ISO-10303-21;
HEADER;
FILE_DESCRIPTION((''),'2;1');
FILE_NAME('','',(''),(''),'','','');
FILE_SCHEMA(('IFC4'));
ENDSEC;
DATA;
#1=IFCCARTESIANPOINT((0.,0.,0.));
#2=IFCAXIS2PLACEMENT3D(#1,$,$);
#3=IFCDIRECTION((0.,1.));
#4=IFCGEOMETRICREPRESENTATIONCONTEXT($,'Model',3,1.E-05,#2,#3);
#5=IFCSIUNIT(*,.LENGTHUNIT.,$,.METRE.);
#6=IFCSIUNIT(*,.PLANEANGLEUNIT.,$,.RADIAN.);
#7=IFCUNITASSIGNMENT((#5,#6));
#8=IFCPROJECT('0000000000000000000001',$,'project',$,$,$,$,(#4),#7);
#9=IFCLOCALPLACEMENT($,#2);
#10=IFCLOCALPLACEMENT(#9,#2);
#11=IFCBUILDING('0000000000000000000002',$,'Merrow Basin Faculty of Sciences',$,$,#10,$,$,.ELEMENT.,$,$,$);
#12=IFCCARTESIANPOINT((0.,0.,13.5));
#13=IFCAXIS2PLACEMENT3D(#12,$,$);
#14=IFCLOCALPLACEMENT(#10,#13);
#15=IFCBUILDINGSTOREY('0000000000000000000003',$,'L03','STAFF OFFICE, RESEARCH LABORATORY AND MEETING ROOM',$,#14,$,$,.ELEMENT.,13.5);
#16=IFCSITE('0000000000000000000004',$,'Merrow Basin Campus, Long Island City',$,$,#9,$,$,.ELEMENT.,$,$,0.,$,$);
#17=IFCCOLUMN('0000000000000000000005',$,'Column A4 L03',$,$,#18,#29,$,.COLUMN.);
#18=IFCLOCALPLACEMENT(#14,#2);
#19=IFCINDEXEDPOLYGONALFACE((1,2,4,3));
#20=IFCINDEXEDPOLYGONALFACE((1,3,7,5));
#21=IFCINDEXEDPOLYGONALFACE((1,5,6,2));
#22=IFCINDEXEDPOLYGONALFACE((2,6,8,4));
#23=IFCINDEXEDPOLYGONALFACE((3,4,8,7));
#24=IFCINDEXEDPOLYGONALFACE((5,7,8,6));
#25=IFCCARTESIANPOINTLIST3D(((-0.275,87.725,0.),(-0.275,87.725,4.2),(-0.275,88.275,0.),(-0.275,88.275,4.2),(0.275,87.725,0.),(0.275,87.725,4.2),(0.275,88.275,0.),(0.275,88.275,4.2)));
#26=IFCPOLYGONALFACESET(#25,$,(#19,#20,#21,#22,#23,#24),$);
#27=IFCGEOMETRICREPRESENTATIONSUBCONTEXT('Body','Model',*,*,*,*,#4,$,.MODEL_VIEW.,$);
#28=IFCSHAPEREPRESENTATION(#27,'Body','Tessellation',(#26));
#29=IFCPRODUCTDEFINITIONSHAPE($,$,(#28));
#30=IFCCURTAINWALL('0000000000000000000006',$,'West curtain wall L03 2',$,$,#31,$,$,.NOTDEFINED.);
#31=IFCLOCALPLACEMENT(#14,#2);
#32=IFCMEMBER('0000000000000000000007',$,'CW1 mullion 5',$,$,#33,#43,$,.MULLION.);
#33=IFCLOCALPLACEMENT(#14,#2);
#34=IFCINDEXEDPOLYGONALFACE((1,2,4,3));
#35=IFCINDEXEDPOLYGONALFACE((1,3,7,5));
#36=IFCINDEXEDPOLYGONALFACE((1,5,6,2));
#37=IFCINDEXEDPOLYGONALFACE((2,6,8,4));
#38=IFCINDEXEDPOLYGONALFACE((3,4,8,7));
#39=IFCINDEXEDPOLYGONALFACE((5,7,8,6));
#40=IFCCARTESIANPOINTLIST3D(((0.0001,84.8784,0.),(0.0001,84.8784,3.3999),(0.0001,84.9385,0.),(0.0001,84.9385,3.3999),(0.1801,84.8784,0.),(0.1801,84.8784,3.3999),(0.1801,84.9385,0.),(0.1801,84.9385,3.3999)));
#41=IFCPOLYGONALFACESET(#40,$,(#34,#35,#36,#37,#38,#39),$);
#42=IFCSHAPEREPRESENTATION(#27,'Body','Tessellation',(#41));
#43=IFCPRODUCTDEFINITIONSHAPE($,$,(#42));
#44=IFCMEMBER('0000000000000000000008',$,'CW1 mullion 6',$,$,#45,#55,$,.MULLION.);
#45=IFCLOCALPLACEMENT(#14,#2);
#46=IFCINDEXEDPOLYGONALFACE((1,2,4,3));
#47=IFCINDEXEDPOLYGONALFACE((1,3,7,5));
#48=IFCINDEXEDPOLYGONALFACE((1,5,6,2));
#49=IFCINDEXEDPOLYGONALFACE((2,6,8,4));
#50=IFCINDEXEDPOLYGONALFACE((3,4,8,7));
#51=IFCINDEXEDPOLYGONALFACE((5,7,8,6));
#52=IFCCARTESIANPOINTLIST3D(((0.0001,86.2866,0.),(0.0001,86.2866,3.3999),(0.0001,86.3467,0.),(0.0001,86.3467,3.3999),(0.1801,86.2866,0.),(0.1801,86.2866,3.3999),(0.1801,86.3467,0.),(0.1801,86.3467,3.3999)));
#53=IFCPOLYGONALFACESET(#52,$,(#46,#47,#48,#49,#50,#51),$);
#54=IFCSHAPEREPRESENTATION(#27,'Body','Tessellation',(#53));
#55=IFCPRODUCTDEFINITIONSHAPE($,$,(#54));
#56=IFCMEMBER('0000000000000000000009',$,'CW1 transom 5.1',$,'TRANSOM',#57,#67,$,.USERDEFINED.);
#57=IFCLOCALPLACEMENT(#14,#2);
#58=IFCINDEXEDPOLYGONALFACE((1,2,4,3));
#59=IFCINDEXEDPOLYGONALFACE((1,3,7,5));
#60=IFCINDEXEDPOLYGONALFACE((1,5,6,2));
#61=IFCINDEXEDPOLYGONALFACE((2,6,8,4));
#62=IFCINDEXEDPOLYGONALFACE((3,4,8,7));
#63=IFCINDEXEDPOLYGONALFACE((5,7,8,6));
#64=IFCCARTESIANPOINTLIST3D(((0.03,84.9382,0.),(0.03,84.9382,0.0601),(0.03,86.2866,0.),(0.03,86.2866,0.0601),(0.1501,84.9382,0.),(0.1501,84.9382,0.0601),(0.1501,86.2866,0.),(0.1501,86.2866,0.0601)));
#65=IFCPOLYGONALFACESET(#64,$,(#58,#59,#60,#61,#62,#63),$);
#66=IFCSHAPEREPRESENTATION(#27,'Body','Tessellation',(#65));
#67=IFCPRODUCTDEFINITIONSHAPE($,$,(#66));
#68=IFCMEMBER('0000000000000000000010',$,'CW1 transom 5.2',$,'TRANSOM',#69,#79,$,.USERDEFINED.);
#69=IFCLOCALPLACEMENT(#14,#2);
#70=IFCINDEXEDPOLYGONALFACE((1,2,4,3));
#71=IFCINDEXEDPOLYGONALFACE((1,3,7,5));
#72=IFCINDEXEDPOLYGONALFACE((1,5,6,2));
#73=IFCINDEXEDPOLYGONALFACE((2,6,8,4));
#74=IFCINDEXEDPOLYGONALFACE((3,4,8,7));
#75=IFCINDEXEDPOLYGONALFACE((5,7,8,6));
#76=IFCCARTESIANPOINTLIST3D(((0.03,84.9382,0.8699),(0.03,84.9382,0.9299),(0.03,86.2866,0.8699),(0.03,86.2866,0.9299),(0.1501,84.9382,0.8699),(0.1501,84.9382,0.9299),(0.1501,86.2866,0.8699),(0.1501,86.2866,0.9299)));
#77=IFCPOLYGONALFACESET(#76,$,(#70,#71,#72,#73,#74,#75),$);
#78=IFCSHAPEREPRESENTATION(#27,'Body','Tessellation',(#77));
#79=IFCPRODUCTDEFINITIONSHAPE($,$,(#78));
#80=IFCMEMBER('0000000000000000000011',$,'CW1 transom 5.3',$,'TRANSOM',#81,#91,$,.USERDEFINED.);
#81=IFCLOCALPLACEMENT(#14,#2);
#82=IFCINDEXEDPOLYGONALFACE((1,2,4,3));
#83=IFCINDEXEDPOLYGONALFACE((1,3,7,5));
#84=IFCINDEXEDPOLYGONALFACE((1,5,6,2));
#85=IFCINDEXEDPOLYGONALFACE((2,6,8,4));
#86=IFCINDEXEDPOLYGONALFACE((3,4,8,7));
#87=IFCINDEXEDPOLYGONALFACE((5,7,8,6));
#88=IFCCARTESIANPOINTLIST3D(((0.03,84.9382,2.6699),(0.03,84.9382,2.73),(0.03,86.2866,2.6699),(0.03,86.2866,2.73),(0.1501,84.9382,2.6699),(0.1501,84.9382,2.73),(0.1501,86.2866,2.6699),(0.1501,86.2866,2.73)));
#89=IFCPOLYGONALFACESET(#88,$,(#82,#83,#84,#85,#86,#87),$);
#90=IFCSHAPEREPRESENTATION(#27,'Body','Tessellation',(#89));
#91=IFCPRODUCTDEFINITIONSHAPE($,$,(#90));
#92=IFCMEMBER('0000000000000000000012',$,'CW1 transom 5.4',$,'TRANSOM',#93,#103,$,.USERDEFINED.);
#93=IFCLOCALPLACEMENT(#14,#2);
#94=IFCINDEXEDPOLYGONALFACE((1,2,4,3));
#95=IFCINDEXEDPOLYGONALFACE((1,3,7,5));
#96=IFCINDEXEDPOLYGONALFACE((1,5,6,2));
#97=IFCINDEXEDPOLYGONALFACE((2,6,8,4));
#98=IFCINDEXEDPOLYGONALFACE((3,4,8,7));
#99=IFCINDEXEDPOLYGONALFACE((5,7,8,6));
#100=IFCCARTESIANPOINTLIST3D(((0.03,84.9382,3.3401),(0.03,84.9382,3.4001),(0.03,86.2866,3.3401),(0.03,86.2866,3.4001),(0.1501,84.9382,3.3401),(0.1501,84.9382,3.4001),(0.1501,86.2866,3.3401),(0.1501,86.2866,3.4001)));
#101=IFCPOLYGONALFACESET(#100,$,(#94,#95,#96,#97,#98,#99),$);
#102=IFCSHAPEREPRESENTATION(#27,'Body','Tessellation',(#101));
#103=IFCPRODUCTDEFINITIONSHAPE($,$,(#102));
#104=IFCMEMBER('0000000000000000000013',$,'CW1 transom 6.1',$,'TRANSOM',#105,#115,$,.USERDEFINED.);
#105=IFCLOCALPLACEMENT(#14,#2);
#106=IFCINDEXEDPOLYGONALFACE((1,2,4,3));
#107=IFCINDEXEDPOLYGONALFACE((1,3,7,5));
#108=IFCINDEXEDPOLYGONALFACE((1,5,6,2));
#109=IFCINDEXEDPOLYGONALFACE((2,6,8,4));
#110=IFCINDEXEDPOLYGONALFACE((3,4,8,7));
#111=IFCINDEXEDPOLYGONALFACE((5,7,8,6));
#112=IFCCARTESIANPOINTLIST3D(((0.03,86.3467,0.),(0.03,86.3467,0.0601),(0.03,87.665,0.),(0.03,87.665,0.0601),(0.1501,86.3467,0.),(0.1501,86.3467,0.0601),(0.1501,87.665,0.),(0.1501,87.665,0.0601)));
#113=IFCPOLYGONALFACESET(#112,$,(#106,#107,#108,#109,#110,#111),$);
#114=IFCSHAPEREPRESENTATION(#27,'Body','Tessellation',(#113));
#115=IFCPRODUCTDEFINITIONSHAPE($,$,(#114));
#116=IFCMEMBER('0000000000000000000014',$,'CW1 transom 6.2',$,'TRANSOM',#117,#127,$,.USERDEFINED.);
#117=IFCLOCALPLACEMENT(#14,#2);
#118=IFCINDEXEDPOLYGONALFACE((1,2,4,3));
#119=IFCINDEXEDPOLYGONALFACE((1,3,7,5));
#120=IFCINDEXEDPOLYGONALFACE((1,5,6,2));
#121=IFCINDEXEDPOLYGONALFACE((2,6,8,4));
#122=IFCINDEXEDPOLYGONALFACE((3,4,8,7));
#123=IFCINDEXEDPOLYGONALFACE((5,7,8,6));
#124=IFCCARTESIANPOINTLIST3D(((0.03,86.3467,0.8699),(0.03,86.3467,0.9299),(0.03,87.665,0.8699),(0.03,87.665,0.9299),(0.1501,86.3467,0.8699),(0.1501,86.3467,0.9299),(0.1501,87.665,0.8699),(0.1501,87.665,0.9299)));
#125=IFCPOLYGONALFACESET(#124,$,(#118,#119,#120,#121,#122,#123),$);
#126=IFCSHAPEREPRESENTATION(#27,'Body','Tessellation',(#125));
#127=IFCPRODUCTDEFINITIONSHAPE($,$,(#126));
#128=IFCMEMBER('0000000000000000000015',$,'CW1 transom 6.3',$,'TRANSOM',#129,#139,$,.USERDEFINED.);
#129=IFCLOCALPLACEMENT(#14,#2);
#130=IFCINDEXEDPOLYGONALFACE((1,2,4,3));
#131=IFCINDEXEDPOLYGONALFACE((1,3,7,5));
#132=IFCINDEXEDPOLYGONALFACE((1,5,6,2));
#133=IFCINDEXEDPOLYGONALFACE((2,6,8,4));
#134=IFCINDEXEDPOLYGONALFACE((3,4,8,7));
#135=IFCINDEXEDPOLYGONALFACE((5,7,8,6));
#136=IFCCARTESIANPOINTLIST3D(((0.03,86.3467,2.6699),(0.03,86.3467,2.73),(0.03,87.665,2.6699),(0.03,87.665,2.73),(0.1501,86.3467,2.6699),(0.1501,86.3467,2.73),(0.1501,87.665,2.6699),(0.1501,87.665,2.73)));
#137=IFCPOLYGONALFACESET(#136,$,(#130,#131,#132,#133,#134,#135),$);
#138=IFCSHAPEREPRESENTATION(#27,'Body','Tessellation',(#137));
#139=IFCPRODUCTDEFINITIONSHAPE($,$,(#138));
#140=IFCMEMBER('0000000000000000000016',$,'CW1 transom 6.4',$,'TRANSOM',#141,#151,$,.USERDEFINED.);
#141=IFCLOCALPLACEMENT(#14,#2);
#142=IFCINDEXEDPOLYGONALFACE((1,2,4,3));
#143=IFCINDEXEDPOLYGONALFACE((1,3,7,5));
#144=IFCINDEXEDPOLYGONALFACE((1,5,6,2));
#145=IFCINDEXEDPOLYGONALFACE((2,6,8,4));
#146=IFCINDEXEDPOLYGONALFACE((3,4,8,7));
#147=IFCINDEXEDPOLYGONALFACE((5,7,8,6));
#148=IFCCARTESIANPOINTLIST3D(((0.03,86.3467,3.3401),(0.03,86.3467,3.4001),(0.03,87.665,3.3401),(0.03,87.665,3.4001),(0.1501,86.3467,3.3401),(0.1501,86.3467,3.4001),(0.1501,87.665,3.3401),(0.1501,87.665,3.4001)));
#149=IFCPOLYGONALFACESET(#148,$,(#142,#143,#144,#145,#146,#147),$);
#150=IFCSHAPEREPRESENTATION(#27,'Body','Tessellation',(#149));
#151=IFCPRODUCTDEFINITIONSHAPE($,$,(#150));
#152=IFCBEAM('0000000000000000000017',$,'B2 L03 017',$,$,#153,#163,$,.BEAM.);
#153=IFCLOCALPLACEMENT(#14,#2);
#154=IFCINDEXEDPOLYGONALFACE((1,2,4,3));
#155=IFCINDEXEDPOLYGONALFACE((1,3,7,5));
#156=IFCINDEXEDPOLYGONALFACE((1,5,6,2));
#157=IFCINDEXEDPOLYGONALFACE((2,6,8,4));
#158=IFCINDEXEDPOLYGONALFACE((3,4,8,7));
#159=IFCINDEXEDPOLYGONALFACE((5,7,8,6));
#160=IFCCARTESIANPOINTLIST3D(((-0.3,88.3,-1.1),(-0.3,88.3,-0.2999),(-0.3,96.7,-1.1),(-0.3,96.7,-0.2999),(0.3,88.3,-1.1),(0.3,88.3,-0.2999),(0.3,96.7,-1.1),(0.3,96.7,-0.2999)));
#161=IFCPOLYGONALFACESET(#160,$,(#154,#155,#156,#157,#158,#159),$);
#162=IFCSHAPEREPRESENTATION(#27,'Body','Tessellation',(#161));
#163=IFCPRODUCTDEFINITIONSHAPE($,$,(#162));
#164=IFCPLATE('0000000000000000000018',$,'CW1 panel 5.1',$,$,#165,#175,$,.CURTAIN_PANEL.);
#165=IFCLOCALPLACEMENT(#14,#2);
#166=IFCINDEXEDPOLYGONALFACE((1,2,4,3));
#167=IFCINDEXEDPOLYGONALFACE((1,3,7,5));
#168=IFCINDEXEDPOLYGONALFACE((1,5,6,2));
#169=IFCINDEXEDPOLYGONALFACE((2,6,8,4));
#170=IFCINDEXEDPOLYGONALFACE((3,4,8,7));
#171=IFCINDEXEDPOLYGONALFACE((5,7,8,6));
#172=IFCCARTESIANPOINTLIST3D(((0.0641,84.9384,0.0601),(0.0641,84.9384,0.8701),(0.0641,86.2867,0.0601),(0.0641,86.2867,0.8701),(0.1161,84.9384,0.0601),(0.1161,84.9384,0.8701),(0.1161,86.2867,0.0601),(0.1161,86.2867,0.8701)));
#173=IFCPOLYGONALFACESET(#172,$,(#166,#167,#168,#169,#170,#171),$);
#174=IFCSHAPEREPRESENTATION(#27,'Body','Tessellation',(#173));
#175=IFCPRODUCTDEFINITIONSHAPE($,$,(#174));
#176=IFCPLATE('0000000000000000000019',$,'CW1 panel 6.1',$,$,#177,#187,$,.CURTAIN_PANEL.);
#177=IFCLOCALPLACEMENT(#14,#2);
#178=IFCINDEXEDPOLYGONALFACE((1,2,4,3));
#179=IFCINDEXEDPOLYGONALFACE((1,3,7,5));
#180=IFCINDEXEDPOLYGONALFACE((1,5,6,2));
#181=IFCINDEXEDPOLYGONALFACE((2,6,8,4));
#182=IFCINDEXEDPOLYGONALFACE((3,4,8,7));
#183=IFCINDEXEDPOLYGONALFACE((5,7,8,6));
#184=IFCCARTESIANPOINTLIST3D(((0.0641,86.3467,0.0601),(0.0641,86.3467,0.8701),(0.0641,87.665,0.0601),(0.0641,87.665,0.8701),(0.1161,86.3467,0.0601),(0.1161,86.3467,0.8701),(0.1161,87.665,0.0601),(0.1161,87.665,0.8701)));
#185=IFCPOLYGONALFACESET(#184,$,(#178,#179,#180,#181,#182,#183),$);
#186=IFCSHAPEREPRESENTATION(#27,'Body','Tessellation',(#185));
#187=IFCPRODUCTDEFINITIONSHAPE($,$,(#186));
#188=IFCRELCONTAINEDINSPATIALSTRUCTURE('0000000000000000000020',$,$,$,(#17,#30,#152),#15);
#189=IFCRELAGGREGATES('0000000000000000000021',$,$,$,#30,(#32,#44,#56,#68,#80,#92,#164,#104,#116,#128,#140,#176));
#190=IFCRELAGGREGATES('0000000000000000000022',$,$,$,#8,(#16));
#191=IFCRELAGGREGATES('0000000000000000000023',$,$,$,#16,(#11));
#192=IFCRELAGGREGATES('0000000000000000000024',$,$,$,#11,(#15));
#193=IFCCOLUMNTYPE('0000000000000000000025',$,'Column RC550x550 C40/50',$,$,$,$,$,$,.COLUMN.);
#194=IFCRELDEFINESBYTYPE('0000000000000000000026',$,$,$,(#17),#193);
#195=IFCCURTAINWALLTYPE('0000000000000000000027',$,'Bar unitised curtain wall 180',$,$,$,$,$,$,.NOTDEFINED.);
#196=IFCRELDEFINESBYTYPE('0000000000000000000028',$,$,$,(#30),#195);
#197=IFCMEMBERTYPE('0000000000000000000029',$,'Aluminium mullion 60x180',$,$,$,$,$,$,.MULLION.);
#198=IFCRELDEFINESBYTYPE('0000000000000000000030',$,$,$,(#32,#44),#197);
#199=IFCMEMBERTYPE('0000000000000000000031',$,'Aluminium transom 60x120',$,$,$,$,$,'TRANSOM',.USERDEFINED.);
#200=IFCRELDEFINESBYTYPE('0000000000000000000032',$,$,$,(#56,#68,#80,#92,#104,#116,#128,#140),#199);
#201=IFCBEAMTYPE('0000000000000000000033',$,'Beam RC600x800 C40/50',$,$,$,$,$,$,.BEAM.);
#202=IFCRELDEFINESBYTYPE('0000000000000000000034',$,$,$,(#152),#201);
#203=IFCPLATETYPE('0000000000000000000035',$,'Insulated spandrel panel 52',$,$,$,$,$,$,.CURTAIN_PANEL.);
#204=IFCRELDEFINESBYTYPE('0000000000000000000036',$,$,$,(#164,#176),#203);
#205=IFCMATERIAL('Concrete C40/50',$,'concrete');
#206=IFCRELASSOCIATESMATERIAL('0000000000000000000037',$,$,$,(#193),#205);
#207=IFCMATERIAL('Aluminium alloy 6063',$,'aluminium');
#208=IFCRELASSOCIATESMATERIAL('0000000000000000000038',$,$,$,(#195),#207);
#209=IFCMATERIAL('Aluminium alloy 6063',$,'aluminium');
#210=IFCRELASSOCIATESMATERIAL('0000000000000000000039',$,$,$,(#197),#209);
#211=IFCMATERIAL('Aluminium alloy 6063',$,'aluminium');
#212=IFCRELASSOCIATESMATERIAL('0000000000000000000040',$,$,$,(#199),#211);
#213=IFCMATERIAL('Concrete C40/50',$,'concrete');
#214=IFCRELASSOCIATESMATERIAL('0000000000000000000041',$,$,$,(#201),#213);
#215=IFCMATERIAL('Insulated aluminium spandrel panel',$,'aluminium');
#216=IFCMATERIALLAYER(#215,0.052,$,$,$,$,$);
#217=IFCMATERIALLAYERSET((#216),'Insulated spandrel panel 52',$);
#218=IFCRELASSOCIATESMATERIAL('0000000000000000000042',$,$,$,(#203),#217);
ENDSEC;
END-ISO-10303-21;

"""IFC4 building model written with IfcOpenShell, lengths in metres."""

from ifc_helpers import new_model, si_unit, direction, frame, origin, origin_2d, place, context, subcontext, project, spatial, rectangle, extrude, material, layer, layer_set, material_profile, profile_set, type_object, element, aggregate, save


model = new_model("IFC4")

# Units and contexts
model_context = context("Model", 3, precision=1e-05, world=origin(), true_north=direction((0.0, 1.0)))
body_context = subcontext(model_context, "Body", "Model", "MODEL_VIEW")
ifc_project = project(units=[si_unit("LENGTHUNIT", "METRE"), si_unit("PLANEANGLEUNIT", "RADIAN")], contexts=[model_context])

# Site, building, storey
site_placement = place(None, origin())
site = spatial("IfcSite", under=ifc_project, at=site_placement, Name="Merrow Basin Campus, Long Island City", CompositionType="ELEMENT", RefElevation=0.0)
building_placement = place(site_placement, origin())
building = spatial("IfcBuilding", under=site, at=building_placement, Name="Merrow Basin Faculty of Sciences", CompositionType="ELEMENT")
storey_placement = place(building_placement, frame((0.0, 0.0, 13.5)))
storey = spatial("IfcBuildingStorey", under=building, at=storey_placement, Name="L03", Description="STAFF OFFICE, RESEARCH LABORATORY AND MEETING ROOM", CompositionType="ELEMENT", Elevation=13.5)

# Column
ifc_material_1 = material(Name="Concrete C40/50", Category="concrete")
ifc_material_profile_1 = material_profile(ifc_material_1, rectangle(XDim=0.55, YDim=0.55, at=origin_2d()))
ifc_profile_set_1 = profile_set([ifc_material_profile_1], Name="Concrete C40/50")
column_type = type_object("IfcColumnType", Name="Column RC550x550 C40/50", PredefinedType="COLUMN", material=ifc_profile_set_1)
column_placement = place(storey_placement, frame((0.0, 88.0, 0.0), z_axis=(0.0, 0.0, 1.0), x_axis=(1.0, 0.0, 0.0)))
element("IfcColumn", 1, at=column_placement, inside=storey, type_object=column_type, Name="Column A4 L03", PredefinedType="COLUMN", context=body_context, shape_type="SweptSolid", body=[
    extrude(rectangle(XDim=0.55, YDim=0.55, at=origin_2d()), origin(), (0.0, 0.0, 1.0), 4.2),
])

# Curtain wall, members
ifc_material_2 = material(Name="Aluminium alloy 6063", Category="aluminium")
curtain_wall_type = type_object("IfcCurtainWallType", Name="Bar unitised curtain wall 180", PredefinedType="NOTDEFINED", material=ifc_material_2)
curtain_wall_placement = place(storey_placement, origin())
curtain_wall = element("IfcCurtainWall", 2, at=curtain_wall_placement, inside=storey, type_object=curtain_wall_type, Name="West curtain wall L03 2", PredefinedType="NOTDEFINED")
ifc_material_3 = material(Name="Aluminium alloy 6063", Category="aluminium")
ifc_material_profile_2 = material_profile(ifc_material_3, rectangle(XDim=0.1799, YDim=0.0601, at=origin_2d()))
ifc_profile_set_2 = profile_set([ifc_material_profile_2], Name="Aluminium alloy 6063")
member_type_1 = type_object("IfcMemberType", Name="Aluminium mullion 60x180", PredefinedType="MULLION", material=ifc_profile_set_2)
member_1_placement = place(storey_placement, frame((0.0901, 84.9084, 0.0), z_axis=(0.0, 0.0, 1.0), x_axis=(-1.0, 0.0, 0.0)))
member_1 = element("IfcMember", 3, at=member_1_placement, type_object=member_type_1, Name="CW1 mullion 5", PredefinedType="MULLION", context=body_context, shape_type="SweptSolid", body=[
    extrude(rectangle(XDim=0.1799, YDim=0.0601, at=origin_2d()), origin(), (0.0, 0.0, 1.0), 3.3999),
])
member_2_placement = place(storey_placement, frame((0.0901, 86.3167, 0.0), z_axis=(0.0, 0.0, 1.0), x_axis=(-1.0, 0.0, 0.0)))
member_2 = element("IfcMember", 4, at=member_2_placement, type_object=member_type_1, Name="CW1 mullion 6", PredefinedType="MULLION", context=body_context, shape_type="SweptSolid", body=[
    extrude(rectangle(XDim=0.1799, YDim=0.0601, at=origin_2d()), origin(), (0.0, 0.0, 1.0), 3.3999),
])
ifc_material_4 = material(Name="Aluminium alloy 6063", Category="aluminium")
ifc_material_profile_3 = material_profile(ifc_material_4, rectangle(XDim=0.1201, YDim=0.0601, at=origin_2d()))
ifc_profile_set_3 = profile_set([ifc_material_profile_3], Name="Aluminium alloy 6063")
member_type_2 = type_object("IfcMemberType", Name="Aluminium transom 60x120", ElementType="TRANSOM", PredefinedType="USERDEFINED", material=ifc_profile_set_3)
member_3_placement = place(storey_placement, frame((0.0901, 84.9382, 0.03), z_axis=(0.0, 1.0, 0.0), x_axis=(-1.0, 0.0, 0.0)))
member_3 = element("IfcMember", 5, at=member_3_placement, type_object=member_type_2, Name="CW1 transom 5.1", ObjectType="TRANSOM", PredefinedType="USERDEFINED", context=body_context, shape_type="SweptSolid", body=[
    extrude(rectangle(XDim=0.1201, YDim=0.0601, at=origin_2d()), origin(), (0.0, 0.0, 1.0), 1.3484),
])
member_4_placement = place(storey_placement, frame((0.0901, 84.9382, 0.8999), z_axis=(0.0, 1.0, 0.0), x_axis=(-1.0, 0.0, 0.0)))
member_4 = element("IfcMember", 6, at=member_4_placement, type_object=member_type_2, Name="CW1 transom 5.2", ObjectType="TRANSOM", PredefinedType="USERDEFINED", context=body_context, shape_type="SweptSolid", body=[
    extrude(rectangle(XDim=0.1201, YDim=0.0601, at=origin_2d()), origin(), (0.0, 0.0, 1.0), 1.3484),
])
member_5_placement = place(storey_placement, frame((0.0901, 84.9382, 2.7), z_axis=(0.0, 1.0, 0.0), x_axis=(-1.0, 0.0, 0.0)))
member_5 = element("IfcMember", 7, at=member_5_placement, type_object=member_type_2, Name="CW1 transom 5.3", ObjectType="TRANSOM", PredefinedType="USERDEFINED", context=body_context, shape_type="SweptSolid", body=[
    extrude(rectangle(XDim=0.1201, YDim=0.0601, at=origin_2d()), origin(), (0.0, 0.0, 1.0), 1.3484),
])
member_6_placement = place(storey_placement, frame((0.0901, 84.9382, 3.3701), z_axis=(0.0, 1.0, 0.0), x_axis=(-1.0, 0.0, 0.0)))
member_6 = element("IfcMember", 8, at=member_6_placement, type_object=member_type_2, Name="CW1 transom 5.4", ObjectType="TRANSOM", PredefinedType="USERDEFINED", context=body_context, shape_type="SweptSolid", body=[
    extrude(rectangle(XDim=0.1201, YDim=0.0601, at=origin_2d()), origin(), (0.0, 0.0, 1.0), 1.3484),
])
member_7_placement = place(storey_placement, frame((0.0901, 86.3467, 0.03), z_axis=(0.0, 1.0, 0.0), x_axis=(-1.0, 0.0, 0.0)))
member_7 = element("IfcMember", 9, at=member_7_placement, type_object=member_type_2, Name="CW1 transom 6.1", ObjectType="TRANSOM", PredefinedType="USERDEFINED", context=body_context, shape_type="SweptSolid", body=[
    extrude(rectangle(XDim=0.1201, YDim=0.0601, at=origin_2d()), origin(), (0.0, 0.0, 1.0), 1.3184),
])
member_8_placement = place(storey_placement, frame((0.0901, 86.3467, 0.8999), z_axis=(0.0, 1.0, 0.0), x_axis=(-1.0, 0.0, 0.0)))
member_8 = element("IfcMember", 10, at=member_8_placement, type_object=member_type_2, Name="CW1 transom 6.2", ObjectType="TRANSOM", PredefinedType="USERDEFINED", context=body_context, shape_type="SweptSolid", body=[
    extrude(rectangle(XDim=0.1201, YDim=0.0601, at=origin_2d()), origin(), (0.0, 0.0, 1.0), 1.3184),
])
member_9_placement = place(storey_placement, frame((0.0901, 86.3467, 2.7), z_axis=(0.0, 1.0, 0.0), x_axis=(-1.0, 0.0, 0.0)))
member_9 = element("IfcMember", 11, at=member_9_placement, type_object=member_type_2, Name="CW1 transom 6.3", ObjectType="TRANSOM", PredefinedType="USERDEFINED", context=body_context, shape_type="SweptSolid", body=[
    extrude(rectangle(XDim=0.1201, YDim=0.0601, at=origin_2d()), origin(), (0.0, 0.0, 1.0), 1.3184),
])
member_10_placement = place(storey_placement, frame((0.0901, 86.3467, 3.3701), z_axis=(0.0, 1.0, 0.0), x_axis=(-1.0, 0.0, 0.0)))
member_10 = element("IfcMember", 12, at=member_10_placement, type_object=member_type_2, Name="CW1 transom 6.4", ObjectType="TRANSOM", PredefinedType="USERDEFINED", context=body_context, shape_type="SweptSolid", body=[
    extrude(rectangle(XDim=0.1201, YDim=0.0601, at=origin_2d()), origin(), (0.0, 0.0, 1.0), 1.3184),
])

# Beam
ifc_material_5 = material(Name="Concrete C40/50", Category="concrete")
ifc_material_profile_4 = material_profile(ifc_material_5, rectangle(XDim=0.6001, YDim=0.8, at=origin_2d()))
ifc_profile_set_4 = profile_set([ifc_material_profile_4], Name="Concrete C40/50")
beam_type = type_object("IfcBeamType", Name="Beam RC600x800 C40/50", PredefinedType="BEAM", material=ifc_profile_set_4)
beam_placement = place(storey_placement, frame((0.0, 88.3, -0.7), z_axis=(0.0, 1.0, 0.0), x_axis=(-1.0, 0.0, 0.0)))
element("IfcBeam", 13, at=beam_placement, inside=storey, type_object=beam_type, Name="B2 L03 017", PredefinedType="BEAM", context=body_context, shape_type="SweptSolid", body=[
    extrude(rectangle(XDim=0.6001, YDim=0.8, at=origin_2d()), origin(), (0.0, 0.0, 1.0), 8.3999),
])

# Plates
ifc_material_6 = material(Name="Insulated aluminium spandrel panel", Category="aluminium")
ifc_layer_1 = layer(ifc_material_6, 0.052)
ifc_layer_set_1 = layer_set([ifc_layer_1], Name="Insulated spandrel panel 52")
plate_type_1 = type_object("IfcPlateType", Name="Insulated spandrel panel 52", PredefinedType="CURTAIN_PANEL", material=ifc_layer_set_1)
plate_1_placement = place(storey_placement, frame((0.0901, 85.6125, 0.0601), z_axis=(0.0, 0.0, 1.0), x_axis=(0.0, 1.0, 0.0)))
plate_1 = element("IfcPlate", 14, at=plate_1_placement, type_object=plate_type_1, Name="CW1 panel 5.1", PredefinedType="CURTAIN_PANEL", context=body_context, shape_type="SweptSolid", body=[
    extrude(rectangle(XDim=1.3484, YDim=0.052, at=origin_2d()), origin(), (0.0, 0.0, 1.0), 0.8101),
])
plate_2_placement = place(storey_placement, frame((0.0901, 87.0059, 0.0601), z_axis=(0.0, 0.0, 1.0), x_axis=(0.0, 1.0, 0.0)))
plate_2 = element("IfcPlate", 15, at=plate_2_placement, type_object=plate_type_1, Name="CW1 panel 6.1", PredefinedType="CURTAIN_PANEL", context=body_context, shape_type="SweptSolid", body=[
    extrude(rectangle(XDim=1.3184, YDim=0.052, at=origin_2d()), origin(), (0.0, 0.0, 1.0), 0.8101),
])
aggregate(curtain_wall, [member_1, member_2, member_3, member_4, member_5, member_6, plate_1, member_7, member_8, member_9, member_10, plate_2])

save(model, "model.ifc")
